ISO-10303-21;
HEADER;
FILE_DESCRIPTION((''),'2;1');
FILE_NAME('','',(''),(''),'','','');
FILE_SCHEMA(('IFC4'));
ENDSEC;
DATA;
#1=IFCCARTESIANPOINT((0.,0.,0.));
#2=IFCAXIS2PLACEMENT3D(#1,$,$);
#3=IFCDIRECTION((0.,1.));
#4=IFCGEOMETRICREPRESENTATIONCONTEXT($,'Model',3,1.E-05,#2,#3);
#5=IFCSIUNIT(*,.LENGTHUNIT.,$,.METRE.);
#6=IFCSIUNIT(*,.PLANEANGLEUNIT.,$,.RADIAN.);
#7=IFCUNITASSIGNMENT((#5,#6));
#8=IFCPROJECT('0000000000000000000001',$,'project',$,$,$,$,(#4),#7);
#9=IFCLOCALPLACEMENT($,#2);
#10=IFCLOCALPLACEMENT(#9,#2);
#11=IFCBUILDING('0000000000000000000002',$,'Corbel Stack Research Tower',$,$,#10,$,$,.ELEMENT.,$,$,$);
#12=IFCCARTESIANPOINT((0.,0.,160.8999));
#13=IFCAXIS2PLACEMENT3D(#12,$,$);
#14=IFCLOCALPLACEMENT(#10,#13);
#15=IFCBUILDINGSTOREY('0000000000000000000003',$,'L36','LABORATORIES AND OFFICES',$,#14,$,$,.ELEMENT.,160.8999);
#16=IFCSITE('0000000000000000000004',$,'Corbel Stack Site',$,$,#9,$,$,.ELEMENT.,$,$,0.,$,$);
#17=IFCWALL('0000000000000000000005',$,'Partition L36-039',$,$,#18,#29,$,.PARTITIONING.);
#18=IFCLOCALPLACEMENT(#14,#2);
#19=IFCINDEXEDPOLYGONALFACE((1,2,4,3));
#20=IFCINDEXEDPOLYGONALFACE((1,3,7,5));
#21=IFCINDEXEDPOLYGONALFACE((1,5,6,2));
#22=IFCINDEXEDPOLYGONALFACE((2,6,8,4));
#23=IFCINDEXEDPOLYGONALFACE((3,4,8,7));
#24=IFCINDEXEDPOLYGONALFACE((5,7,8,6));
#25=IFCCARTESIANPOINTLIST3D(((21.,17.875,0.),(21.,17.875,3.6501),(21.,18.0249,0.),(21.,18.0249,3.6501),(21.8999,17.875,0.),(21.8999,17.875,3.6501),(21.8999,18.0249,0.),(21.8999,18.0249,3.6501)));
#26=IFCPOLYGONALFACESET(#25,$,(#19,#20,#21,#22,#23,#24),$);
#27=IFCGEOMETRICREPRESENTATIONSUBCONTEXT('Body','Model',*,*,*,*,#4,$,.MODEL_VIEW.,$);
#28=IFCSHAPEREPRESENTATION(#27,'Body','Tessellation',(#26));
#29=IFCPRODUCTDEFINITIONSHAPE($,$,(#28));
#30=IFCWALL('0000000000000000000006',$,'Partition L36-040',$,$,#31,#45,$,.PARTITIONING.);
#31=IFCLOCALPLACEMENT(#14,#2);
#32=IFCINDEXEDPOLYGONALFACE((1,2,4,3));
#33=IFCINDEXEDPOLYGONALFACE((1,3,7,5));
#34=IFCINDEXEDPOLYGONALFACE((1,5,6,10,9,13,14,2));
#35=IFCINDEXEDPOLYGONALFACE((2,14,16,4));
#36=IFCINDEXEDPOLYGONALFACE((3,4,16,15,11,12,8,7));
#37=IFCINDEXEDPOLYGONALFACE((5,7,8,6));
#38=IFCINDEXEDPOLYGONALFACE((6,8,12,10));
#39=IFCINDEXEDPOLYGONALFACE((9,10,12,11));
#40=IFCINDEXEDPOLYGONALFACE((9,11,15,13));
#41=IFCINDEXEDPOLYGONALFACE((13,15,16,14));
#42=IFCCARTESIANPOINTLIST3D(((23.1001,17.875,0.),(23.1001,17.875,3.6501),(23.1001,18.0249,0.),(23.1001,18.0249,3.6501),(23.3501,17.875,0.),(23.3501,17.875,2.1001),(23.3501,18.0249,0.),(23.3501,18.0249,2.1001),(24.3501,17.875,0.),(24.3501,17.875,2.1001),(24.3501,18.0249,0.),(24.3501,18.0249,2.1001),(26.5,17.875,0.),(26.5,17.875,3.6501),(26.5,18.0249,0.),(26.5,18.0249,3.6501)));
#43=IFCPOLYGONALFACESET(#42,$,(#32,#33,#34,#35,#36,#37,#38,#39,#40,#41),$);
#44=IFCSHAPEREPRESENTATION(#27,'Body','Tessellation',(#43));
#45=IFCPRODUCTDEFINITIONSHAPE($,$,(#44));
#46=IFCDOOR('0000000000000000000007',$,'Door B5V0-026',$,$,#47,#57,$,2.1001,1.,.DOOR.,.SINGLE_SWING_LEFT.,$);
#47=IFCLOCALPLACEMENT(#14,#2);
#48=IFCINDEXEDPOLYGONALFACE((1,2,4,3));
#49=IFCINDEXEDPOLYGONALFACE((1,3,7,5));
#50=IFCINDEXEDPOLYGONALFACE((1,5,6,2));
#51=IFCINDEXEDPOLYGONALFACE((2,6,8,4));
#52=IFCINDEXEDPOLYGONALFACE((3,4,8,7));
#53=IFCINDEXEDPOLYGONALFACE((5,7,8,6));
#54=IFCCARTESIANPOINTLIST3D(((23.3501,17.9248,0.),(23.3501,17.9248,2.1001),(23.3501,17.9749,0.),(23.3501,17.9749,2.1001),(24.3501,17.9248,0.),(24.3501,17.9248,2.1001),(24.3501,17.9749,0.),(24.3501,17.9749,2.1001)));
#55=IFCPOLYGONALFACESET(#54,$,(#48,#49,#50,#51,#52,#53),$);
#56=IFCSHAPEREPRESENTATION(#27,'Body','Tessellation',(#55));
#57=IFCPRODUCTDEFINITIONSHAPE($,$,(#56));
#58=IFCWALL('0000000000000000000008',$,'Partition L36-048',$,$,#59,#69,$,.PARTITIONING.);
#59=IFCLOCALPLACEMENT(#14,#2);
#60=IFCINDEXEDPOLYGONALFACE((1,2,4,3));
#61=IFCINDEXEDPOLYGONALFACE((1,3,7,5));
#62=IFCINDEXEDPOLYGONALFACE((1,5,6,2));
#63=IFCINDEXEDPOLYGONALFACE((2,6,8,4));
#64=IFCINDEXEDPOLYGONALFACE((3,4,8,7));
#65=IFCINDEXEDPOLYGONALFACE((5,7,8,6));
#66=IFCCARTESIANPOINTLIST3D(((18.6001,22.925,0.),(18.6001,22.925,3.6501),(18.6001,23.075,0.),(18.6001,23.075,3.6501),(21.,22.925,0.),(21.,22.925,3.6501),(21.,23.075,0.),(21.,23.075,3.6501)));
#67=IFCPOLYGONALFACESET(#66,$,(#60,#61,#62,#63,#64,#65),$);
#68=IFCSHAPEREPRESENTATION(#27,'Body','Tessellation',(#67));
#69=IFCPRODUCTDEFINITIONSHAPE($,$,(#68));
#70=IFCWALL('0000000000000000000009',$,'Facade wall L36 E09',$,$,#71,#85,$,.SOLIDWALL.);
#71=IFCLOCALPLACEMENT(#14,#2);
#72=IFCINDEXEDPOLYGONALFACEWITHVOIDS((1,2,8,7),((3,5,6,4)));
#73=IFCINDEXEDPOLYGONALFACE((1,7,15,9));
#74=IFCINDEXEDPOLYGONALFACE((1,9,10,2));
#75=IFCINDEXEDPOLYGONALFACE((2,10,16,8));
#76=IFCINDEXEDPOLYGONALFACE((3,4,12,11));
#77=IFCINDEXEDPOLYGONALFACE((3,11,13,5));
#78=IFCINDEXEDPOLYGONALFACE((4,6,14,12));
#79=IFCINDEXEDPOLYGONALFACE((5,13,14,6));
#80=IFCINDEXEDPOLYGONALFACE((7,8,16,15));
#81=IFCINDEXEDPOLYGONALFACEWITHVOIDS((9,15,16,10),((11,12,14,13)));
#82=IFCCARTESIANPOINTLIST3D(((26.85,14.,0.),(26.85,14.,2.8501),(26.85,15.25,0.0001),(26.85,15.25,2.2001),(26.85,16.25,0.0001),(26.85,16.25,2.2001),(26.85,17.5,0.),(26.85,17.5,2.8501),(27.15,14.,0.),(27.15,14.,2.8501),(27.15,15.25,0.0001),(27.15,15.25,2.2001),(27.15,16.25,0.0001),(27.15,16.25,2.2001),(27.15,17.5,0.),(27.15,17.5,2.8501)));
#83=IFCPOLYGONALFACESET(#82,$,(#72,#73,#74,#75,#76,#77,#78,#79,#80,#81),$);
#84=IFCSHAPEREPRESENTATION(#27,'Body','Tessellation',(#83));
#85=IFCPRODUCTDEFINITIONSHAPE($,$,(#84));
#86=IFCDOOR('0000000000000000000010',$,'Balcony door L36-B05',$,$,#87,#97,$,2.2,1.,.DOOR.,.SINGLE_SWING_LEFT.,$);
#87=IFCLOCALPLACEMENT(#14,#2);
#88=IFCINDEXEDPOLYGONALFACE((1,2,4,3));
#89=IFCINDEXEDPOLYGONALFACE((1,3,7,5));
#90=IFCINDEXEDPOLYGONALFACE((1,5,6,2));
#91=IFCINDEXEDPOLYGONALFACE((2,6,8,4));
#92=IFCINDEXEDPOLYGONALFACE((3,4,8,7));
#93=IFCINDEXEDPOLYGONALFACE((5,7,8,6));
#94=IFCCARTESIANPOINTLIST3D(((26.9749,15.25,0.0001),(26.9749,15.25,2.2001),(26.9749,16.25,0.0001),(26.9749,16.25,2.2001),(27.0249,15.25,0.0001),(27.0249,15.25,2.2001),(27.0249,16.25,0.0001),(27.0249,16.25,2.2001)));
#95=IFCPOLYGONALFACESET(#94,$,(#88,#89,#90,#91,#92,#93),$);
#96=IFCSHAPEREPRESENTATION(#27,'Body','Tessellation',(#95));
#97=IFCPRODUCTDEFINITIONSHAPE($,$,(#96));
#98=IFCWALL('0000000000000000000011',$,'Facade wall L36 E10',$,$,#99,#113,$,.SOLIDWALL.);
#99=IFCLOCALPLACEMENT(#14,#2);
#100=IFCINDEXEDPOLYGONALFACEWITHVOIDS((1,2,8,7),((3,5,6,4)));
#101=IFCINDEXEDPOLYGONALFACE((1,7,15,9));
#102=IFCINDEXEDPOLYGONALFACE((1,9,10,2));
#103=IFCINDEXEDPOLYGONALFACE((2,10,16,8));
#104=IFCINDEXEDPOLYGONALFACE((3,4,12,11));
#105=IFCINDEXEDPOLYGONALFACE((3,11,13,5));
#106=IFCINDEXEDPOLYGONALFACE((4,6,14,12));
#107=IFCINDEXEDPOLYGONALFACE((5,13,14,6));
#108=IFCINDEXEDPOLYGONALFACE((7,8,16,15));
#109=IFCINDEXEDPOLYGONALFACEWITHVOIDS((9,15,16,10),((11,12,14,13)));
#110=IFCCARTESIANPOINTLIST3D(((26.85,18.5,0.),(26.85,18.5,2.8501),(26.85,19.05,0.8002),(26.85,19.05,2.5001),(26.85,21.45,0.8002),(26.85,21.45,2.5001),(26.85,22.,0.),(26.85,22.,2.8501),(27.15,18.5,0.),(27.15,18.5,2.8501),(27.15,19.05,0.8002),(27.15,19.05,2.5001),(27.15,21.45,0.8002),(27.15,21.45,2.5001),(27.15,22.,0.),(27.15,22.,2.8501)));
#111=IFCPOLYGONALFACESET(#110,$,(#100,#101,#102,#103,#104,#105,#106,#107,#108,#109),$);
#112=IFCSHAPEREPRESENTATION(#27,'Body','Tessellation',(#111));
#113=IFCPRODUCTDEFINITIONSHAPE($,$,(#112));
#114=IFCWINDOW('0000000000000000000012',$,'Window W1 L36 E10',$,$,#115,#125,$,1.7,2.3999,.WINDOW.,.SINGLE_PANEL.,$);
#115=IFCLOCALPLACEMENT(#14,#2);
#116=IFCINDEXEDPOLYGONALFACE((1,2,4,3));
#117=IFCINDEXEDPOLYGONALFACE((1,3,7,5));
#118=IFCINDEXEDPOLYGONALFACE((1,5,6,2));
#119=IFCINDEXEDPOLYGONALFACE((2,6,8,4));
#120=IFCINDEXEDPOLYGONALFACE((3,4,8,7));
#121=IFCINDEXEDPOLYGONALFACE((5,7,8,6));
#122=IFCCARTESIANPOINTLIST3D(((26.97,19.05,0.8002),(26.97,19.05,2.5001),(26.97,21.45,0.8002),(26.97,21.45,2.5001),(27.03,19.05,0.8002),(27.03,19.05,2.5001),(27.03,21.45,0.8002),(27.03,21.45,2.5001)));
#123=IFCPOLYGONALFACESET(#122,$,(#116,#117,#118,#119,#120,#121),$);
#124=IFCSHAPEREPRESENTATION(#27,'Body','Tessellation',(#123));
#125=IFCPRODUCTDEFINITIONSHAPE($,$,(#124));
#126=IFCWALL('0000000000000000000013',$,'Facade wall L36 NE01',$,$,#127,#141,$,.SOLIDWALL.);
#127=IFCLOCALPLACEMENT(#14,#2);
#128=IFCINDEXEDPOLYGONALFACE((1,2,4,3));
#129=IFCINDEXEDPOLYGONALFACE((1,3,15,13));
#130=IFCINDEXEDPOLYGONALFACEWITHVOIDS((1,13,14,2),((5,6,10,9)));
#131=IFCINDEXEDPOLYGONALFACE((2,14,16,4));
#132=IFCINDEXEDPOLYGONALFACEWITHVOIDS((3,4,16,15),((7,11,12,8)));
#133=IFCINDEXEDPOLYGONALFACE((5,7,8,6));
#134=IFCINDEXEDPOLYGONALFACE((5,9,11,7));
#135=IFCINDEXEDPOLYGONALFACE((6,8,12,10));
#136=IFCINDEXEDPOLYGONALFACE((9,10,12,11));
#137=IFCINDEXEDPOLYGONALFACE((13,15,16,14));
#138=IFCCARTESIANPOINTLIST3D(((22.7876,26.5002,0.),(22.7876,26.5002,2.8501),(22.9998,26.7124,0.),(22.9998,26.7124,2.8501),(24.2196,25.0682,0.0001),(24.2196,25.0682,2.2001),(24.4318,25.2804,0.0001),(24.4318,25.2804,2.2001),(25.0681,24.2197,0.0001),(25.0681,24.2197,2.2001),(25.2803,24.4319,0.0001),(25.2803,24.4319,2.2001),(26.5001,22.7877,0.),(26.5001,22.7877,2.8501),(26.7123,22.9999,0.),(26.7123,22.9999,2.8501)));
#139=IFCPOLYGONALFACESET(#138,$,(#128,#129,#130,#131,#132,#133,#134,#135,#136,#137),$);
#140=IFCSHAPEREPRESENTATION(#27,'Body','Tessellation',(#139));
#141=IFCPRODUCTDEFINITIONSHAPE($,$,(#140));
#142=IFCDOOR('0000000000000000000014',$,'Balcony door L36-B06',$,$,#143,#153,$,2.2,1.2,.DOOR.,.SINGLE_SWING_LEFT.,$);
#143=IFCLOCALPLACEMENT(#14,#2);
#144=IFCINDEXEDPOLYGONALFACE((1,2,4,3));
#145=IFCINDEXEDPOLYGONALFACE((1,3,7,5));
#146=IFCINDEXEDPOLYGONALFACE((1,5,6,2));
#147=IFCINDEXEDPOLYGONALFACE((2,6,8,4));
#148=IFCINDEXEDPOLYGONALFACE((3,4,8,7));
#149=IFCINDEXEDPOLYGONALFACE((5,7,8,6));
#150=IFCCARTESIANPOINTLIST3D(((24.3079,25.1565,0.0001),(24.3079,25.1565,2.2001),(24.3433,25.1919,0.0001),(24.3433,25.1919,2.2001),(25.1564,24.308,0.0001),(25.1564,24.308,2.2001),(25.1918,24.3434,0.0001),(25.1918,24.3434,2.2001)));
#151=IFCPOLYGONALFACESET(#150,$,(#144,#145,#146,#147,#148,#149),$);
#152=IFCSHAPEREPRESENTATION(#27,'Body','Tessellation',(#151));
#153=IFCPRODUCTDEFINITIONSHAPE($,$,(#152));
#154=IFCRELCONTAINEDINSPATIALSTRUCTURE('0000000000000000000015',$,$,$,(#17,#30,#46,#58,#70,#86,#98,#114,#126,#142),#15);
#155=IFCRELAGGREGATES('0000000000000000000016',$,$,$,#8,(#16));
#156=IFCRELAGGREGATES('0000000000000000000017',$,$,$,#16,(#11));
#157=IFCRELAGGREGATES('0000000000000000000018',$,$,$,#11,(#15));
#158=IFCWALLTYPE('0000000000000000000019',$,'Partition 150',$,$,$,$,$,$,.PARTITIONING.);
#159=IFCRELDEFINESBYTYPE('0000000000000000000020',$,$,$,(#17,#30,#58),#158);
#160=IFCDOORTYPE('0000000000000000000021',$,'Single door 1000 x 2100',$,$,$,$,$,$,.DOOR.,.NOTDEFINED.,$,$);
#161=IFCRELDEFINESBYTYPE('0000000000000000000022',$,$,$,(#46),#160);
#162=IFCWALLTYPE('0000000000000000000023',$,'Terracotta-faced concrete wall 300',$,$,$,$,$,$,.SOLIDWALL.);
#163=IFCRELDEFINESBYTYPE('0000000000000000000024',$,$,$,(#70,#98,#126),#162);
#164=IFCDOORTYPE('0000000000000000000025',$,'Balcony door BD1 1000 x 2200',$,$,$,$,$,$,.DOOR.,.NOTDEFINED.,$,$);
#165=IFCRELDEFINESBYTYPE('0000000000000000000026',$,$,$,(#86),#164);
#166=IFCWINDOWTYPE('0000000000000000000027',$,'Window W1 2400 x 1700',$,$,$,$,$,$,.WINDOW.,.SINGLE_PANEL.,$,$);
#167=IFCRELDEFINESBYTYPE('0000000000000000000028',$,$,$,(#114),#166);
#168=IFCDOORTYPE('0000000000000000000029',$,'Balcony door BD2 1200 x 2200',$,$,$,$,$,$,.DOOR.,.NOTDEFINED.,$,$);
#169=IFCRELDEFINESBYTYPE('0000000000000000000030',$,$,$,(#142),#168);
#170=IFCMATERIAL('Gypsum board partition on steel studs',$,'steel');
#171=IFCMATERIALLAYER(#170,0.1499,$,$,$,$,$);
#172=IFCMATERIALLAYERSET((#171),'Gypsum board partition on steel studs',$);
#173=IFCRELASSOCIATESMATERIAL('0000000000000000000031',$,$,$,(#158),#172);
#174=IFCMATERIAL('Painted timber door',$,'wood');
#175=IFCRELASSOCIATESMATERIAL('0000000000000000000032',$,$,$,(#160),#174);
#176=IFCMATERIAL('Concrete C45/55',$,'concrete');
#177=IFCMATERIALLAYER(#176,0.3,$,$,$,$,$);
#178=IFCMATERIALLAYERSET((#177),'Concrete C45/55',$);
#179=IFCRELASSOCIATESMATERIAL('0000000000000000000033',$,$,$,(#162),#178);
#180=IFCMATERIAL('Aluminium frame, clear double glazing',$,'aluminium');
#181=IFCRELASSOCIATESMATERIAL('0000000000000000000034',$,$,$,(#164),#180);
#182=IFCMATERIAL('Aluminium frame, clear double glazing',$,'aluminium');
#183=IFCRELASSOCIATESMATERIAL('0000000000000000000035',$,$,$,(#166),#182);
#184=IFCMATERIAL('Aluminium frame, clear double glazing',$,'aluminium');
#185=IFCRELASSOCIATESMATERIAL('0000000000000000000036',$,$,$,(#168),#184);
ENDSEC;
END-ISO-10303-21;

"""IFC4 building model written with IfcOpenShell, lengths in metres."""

from ifc_helpers import new_model, si_unit, direction, frame, frame_2d, origin, place, context, subcontext, project, spatial, rectangle, extrude, material, layer, layer_set, type_object, element, fill, save


model = new_model("IFC4")

# Units and contexts
model_context = context("Model", 3, precision=1e-05, world=origin(), true_north=direction((0.0, 1.0)))
body_context = subcontext(model_context, "Body", "Model", "MODEL_VIEW")
ifc_project = project(units=[si_unit("LENGTHUNIT", "METRE"), si_unit("PLANEANGLEUNIT", "RADIAN")], contexts=[model_context])

# Site, building, storey
site_placement = place(None, origin())
site = spatial("IfcSite", under=ifc_project, at=site_placement, Name="Corbel Stack Site", CompositionType="ELEMENT", RefElevation=0.0)
building_placement = place(site_placement, origin())
building = spatial("IfcBuilding", under=site, at=building_placement, Name="Corbel Stack Research Tower", CompositionType="ELEMENT")
storey_placement = place(building_placement, frame((0.0, 0.0, 160.8999)))
storey = spatial("IfcBuildingStorey", under=building, at=storey_placement, Name="L36", Description="LABORATORIES AND OFFICES", CompositionType="ELEMENT", Elevation=160.8999)

# Wall
ifc_material_1 = material(Name="Gypsum board partition on steel studs", Category="steel")
ifc_layer_1 = layer(ifc_material_1, 0.1499)
ifc_layer_set_1 = layer_set([ifc_layer_1], Name="Gypsum board partition on steel studs")
wall_type_1 = type_object("IfcWallType", Name="Partition 150", PredefinedType="PARTITIONING", material=ifc_layer_set_1)
wall_1_placement = place(storey_placement, frame((21.0, 17.95, 0.0), z_axis=(0.0, 0.0, 1.0), x_axis=(1.0, 0.0, 0.0)))
element("IfcWall", 1, at=wall_1_placement, inside=storey, type_object=wall_type_1, Name="Partition L36-039", PredefinedType="PARTITIONING", context=body_context, shape_type="SweptSolid", body=[
    extrude(rectangle(XDim=0.8999, YDim=0.1499, at=frame_2d((0.45, 0.0))), origin(), (0.0, 0.0, 1.0), 3.6501),
])

# Wall, opening, door
wall_2_placement = place(storey_placement, frame((23.1001, 17.95, 0.0), z_axis=(0.0, 0.0, 1.0), x_axis=(1.0, 0.0, 0.0)))
wall_2 = element("IfcWall", 2, at=wall_2_placement, inside=storey, type_object=wall_type_1, Name="Partition L36-040", PredefinedType="PARTITIONING", context=body_context, shape_type="SweptSolid", body=[
    extrude(rectangle(XDim=3.3999, YDim=0.1499, at=frame_2d((1.7, 0.0))), origin(), (0.0, 0.0, 1.0), 3.6501),
])
opening_1_placement = place(wall_2_placement, frame((0.25, 0.0, 0.0)))
opening_1 = element("IfcOpeningElement", 3, at=opening_1_placement, cuts=wall_2, PredefinedType="OPENING", context=body_context, shape_type="SweptSolid", body=[
    extrude(rectangle(XDim=1.0, YDim=2.1001, at=frame_2d((0.5, 1.05))), frame((0.0, 0.085, 0.0), z_axis=(0.0, -1.0, 0.0), x_axis=(1.0, 0.0, 0.0)), (0.0, 0.0, 1.0), 0.1699),
])
ifc_material_2 = material(Name="Painted timber door", Category="wood")
door_type_1 = type_object("IfcDoorType", Name="Single door 1000 x 2100", OperationType="NOTDEFINED", PredefinedType="DOOR", material=ifc_material_2)
door_1_placement = place(opening_1_placement, origin())
door_1 = element("IfcDoor", 4, at=door_1_placement, inside=storey, type_object=door_type_1, Name="Door B5V0-026", OperationType="SINGLE_SWING_LEFT", OverallHeight=2.1001, OverallWidth=1.0, PredefinedType="DOOR", context=body_context, shape_type="SweptSolid", body=[
    extrude(rectangle(XDim=1.0, YDim=2.1001, at=frame_2d((0.5, 1.05))), frame((0.0, 0.0249, 0.0), z_axis=(0.0, -1.0, 0.0), x_axis=(1.0, 0.0, 0.0)), (0.0, 0.0, 1.0), 0.05),
])
fill(opening_1, door_1)

# Wall
wall_3_placement = place(storey_placement, frame((18.6001, 23.0, 0.0), z_axis=(0.0, 0.0, 1.0), x_axis=(1.0, 0.0, 0.0)))
element("IfcWall", 5, at=wall_3_placement, inside=storey, type_object=wall_type_1, Name="Partition L36-048", PredefinedType="PARTITIONING", context=body_context, shape_type="SweptSolid", body=[
    extrude(rectangle(XDim=2.3999, YDim=0.1499, at=frame_2d((1.2, 0.0))), origin(), (0.0, 0.0, 1.0), 3.6501),
])

# Wall, opening, door
ifc_material_3 = material(Name="Concrete C45/55", Category="concrete")
ifc_layer_2 = layer(ifc_material_3, 0.3)
ifc_layer_set_2 = layer_set([ifc_layer_2], Name="Concrete C45/55")
wall_type_2 = type_object("IfcWallType", Name="Terracotta-faced concrete wall 300", PredefinedType="SOLIDWALL", material=ifc_layer_set_2)
wall_4_placement = place(storey_placement, frame((27.0, 17.5, 0.0), z_axis=(0.0, 0.0, 1.0), x_axis=(0.0, -1.0, 0.0)))
wall_4 = element("IfcWall", 6, at=wall_4_placement, inside=storey, type_object=wall_type_2, Name="Facade wall L36 E09", PredefinedType="SOLIDWALL", context=body_context, shape_type="SweptSolid", body=[
    extrude(rectangle(XDim=3.5, YDim=0.3, at=frame_2d((1.75, 0.0))), origin(), (0.0, 0.0, 1.0), 2.8501),
])
opening_2_placement = place(wall_4_placement, frame((1.25, 0.0, 0.0)))
opening_2 = element("IfcOpeningElement", 7, at=opening_2_placement, cuts=wall_4, PredefinedType="OPENING", context=body_context, shape_type="SweptSolid", body=[
    extrude(rectangle(XDim=1.0, YDim=2.2, at=frame_2d((0.5, 1.1001))), frame((0.0, 0.1599, 0.0), z_axis=(0.0, -1.0, 0.0), x_axis=(1.0, 0.0, 0.0)), (0.0, 0.0, 1.0), 0.3201),
])
ifc_material_4 = material(Name="Aluminium frame, clear double glazing", Category="aluminium")
door_type_2 = type_object("IfcDoorType", Name="Balcony door BD1 1000 x 2200", OperationType="NOTDEFINED", PredefinedType="DOOR", material=ifc_material_4)
door_2_placement = place(opening_2_placement, origin())
door_2 = element("IfcDoor", 8, at=door_2_placement, inside=storey, type_object=door_type_2, Name="Balcony door L36-B05", OperationType="SINGLE_SWING_LEFT", OverallHeight=2.2, OverallWidth=1.0, PredefinedType="DOOR", context=body_context, shape_type="SweptSolid", body=[
    extrude(rectangle(XDim=1.0, YDim=2.2, at=frame_2d((0.5, 1.1001))), frame((0.0, 0.0249, 0.0), z_axis=(0.0, -1.0, 0.0), x_axis=(1.0, 0.0, 0.0)), (0.0, 0.0, 1.0), 0.05),
])
fill(opening_2, door_2)

# Wall, opening, window
wall_5_placement = place(storey_placement, frame((27.0, 22.0, 0.0), z_axis=(0.0, 0.0, 1.0), x_axis=(0.0, -1.0, 0.0)))
wall_5 = element("IfcWall", 9, at=wall_5_placement, inside=storey, type_object=wall_type_2, Name="Facade wall L36 E10", PredefinedType="SOLIDWALL", context=body_context, shape_type="SweptSolid", body=[
    extrude(rectangle(XDim=3.5, YDim=0.3, at=frame_2d((1.75, 0.0))), origin(), (0.0, 0.0, 1.0), 2.8501),
])
opening_3_placement = place(wall_5_placement, frame((0.55, 0.0, 0.8)))
opening_3 = element("IfcOpeningElement", 10, at=opening_3_placement, cuts=wall_5, PredefinedType="OPENING", context=body_context, shape_type="SweptSolid", body=[
    extrude(rectangle(XDim=2.3999, YDim=1.7, at=frame_2d((1.2, 0.8501))), frame((0.0, 0.1599, 0.0), z_axis=(0.0, -1.0, 0.0), x_axis=(1.0, 0.0, 0.0)), (0.0, 0.0, 1.0), 0.3201),
])
ifc_material_5 = material(Name="Aluminium frame, clear double glazing", Category="aluminium")
window_type_1 = type_object("IfcWindowType", Name="Window W1 2400 x 1700", PartitioningType="SINGLE_PANEL", PredefinedType="WINDOW", material=ifc_material_5)
window_1_placement = place(opening_3_placement, origin())
window_1 = element("IfcWindow", 11, at=window_1_placement, inside=storey, type_object=window_type_1, Name="Window W1 L36 E10", OverallHeight=1.7, OverallWidth=2.3999, PartitioningType="SINGLE_PANEL", PredefinedType="WINDOW", context=body_context, shape_type="SweptSolid", body=[
    extrude(rectangle(XDim=2.3999, YDim=1.7, at=frame_2d((1.2, 0.8501))), frame((0.0, 0.03, 0.0), z_axis=(0.0, -1.0, 0.0), x_axis=(1.0, 0.0, 0.0)), (0.0, 0.0, 1.0), 0.0601),
])
fill(opening_3, window_1)

# Wall, opening, door
wall_6_placement = place(storey_placement, frame((22.8938, 26.6062, 0.0), z_axis=(0.0, 0.0, 1.0), x_axis=(0.707107, -0.707107, 0.0)))
wall_6 = element("IfcWall", 12, at=wall_6_placement, inside=storey, type_object=wall_type_2, Name="Facade wall L36 NE01", PredefinedType="SOLIDWALL", context=body_context, shape_type="SweptSolid", body=[
    extrude(rectangle(XDim=5.2502, YDim=0.3, at=frame_2d((2.625, 0.0))), origin(), (0.0, 0.0, 1.0), 2.8501),
])
opening_4_placement = place(wall_6_placement, frame((2.0249, 0.0, 0.0)))
opening_4 = element("IfcOpeningElement", 13, at=opening_4_placement, cuts=wall_6, PredefinedType="OPENING", context=body_context, shape_type="SweptSolid", body=[
    extrude(rectangle(XDim=1.2, YDim=2.2, at=frame_2d((0.6001, 1.1001))), frame((0.0, 0.1599, 0.0), z_axis=(0.0, -1.0, 0.0), x_axis=(1.0, 0.0, 0.0)), (0.0, 0.0, 1.0), 0.3201),
])
ifc_material_6 = material(Name="Aluminium frame, clear double glazing", Category="aluminium")
door_type_3 = type_object("IfcDoorType", Name="Balcony door BD2 1200 x 2200", OperationType="NOTDEFINED", PredefinedType="DOOR", material=ifc_material_6)
door_3_placement = place(opening_4_placement, origin())
door_3 = element("IfcDoor", 14, at=door_3_placement, inside=storey, type_object=door_type_3, Name="Balcony door L36-B06", OperationType="SINGLE_SWING_LEFT", OverallHeight=2.2, OverallWidth=1.2, PredefinedType="DOOR", context=body_context, shape_type="SweptSolid", body=[
    extrude(rectangle(XDim=1.2, YDim=2.2, at=frame_2d((0.6001, 1.1001))), frame((0.0, 0.0249, 0.0), z_axis=(0.0, -1.0, 0.0), x_axis=(1.0, 0.0, 0.0)), (0.0, 0.0, 1.0), 0.05),
])
fill(opening_4, door_3)

save(model, "model.ifc")
